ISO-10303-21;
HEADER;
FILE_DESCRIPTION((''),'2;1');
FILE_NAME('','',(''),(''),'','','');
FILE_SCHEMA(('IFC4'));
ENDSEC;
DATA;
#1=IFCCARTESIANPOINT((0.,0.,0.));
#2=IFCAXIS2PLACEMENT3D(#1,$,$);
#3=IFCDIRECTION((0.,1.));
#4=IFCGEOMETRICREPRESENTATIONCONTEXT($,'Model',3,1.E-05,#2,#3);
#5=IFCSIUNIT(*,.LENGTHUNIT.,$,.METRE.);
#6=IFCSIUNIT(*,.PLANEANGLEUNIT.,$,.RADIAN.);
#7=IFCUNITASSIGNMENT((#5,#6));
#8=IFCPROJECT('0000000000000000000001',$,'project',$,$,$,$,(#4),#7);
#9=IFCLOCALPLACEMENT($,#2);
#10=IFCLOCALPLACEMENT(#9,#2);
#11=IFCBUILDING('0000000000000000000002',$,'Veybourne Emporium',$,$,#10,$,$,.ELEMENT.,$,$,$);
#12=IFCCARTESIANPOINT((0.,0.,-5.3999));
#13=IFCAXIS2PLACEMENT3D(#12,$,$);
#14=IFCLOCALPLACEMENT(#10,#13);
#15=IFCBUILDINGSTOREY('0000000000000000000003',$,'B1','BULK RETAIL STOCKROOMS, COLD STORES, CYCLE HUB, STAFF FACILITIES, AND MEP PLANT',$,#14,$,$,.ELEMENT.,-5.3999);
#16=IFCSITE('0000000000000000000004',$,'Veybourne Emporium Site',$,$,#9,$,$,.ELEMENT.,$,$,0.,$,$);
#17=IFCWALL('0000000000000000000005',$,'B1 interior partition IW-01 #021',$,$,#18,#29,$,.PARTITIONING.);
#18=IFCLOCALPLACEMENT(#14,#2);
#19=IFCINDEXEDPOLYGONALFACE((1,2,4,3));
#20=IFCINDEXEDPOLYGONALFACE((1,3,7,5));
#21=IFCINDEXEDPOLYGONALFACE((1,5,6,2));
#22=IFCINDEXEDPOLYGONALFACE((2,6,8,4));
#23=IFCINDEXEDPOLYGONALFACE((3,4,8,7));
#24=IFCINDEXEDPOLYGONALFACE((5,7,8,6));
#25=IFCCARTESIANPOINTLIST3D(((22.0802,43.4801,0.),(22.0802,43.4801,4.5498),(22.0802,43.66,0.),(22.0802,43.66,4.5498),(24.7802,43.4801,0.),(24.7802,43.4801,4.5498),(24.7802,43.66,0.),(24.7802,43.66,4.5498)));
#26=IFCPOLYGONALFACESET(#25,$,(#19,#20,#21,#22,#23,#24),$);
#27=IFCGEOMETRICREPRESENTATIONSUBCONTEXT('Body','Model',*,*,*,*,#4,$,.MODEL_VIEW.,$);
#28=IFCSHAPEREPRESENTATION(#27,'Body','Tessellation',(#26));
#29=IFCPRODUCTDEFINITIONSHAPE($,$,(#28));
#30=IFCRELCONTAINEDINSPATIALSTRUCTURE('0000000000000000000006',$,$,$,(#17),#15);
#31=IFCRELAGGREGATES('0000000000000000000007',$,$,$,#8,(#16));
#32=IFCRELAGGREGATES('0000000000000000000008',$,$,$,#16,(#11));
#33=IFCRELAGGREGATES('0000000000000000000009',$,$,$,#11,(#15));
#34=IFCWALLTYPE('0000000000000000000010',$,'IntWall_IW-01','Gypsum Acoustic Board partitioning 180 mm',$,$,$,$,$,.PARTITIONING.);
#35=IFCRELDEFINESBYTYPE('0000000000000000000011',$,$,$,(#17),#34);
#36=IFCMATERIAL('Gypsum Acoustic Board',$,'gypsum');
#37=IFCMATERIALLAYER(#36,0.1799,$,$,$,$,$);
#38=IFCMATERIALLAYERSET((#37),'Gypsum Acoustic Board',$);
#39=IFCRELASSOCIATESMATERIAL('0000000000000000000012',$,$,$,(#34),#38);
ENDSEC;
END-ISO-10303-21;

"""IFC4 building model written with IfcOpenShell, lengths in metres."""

from ifc_helpers import new_model, si_unit, direction, frame, frame_2d, origin, place, context, subcontext, project, spatial, rectangle, extrude, material, layer, layer_set, type_object, element, save


model = new_model("IFC4")

# Units and contexts
model_context = context("Model", 3, precision=1e-05, world=origin(), true_north=direction((0.0, 1.0)))
body_context = subcontext(model_context, "Body", "Model", "MODEL_VIEW")
ifc_project = project(units=[si_unit("LENGTHUNIT", "METRE"), si_unit("PLANEANGLEUNIT", "RADIAN")], contexts=[model_context])

# Site, building, storey
site_placement = place(None, origin())
site = spatial("IfcSite", under=ifc_project, at=site_placement, Name="Veybourne Emporium Site", CompositionType="ELEMENT", RefElevation=0.0)
building_placement = place(site_placement, origin())
building = spatial("IfcBuilding", under=site, at=building_placement, Name="Veybourne Emporium", CompositionType="ELEMENT")
storey_placement = place(building_placement, frame((0.0, 0.0, -5.3999)))
storey = spatial("IfcBuildingStorey", under=building, at=storey_placement, Name="B1", Description="BULK RETAIL STOCKROOMS, COLD STORES, CYCLE HUB, STAFF FACILITIES, AND MEP PLANT", CompositionType="ELEMENT", Elevation=-5.3999)

# Wall
ifc_material_1 = material(Name="Gypsum Acoustic Board", Category="gypsum")
ifc_layer_1 = layer(ifc_material_1, 0.1799)
ifc_layer_set_1 = layer_set([ifc_layer_1], Name="Gypsum Acoustic Board")
wall_type_1 = type_object("IfcWallType", Name="IntWall_IW-01", Description="Gypsum Acoustic Board partitioning 180 mm", PredefinedType="PARTITIONING", material=ifc_layer_set_1)
wall_1_placement = place(storey_placement, frame((22.0801, 43.5701, 0.0), z_axis=(0.0, 0.0, 1.0), x_axis=(1.0, 0.0, 0.0)))
element("IfcWall", 1, at=wall_1_placement, inside=storey, type_object=wall_type_1, Name="B1 interior partition IW-01 #021", PredefinedType="PARTITIONING", context=body_context, shape_type="SweptSolid", body=[
    extrude(rectangle(XDim=2.7, YDim=0.1799, at=frame_2d((1.3501, 0.0))), origin(), (0.0, 0.0, 1.0), 4.5498),
])

save(model, "model.ifc")
